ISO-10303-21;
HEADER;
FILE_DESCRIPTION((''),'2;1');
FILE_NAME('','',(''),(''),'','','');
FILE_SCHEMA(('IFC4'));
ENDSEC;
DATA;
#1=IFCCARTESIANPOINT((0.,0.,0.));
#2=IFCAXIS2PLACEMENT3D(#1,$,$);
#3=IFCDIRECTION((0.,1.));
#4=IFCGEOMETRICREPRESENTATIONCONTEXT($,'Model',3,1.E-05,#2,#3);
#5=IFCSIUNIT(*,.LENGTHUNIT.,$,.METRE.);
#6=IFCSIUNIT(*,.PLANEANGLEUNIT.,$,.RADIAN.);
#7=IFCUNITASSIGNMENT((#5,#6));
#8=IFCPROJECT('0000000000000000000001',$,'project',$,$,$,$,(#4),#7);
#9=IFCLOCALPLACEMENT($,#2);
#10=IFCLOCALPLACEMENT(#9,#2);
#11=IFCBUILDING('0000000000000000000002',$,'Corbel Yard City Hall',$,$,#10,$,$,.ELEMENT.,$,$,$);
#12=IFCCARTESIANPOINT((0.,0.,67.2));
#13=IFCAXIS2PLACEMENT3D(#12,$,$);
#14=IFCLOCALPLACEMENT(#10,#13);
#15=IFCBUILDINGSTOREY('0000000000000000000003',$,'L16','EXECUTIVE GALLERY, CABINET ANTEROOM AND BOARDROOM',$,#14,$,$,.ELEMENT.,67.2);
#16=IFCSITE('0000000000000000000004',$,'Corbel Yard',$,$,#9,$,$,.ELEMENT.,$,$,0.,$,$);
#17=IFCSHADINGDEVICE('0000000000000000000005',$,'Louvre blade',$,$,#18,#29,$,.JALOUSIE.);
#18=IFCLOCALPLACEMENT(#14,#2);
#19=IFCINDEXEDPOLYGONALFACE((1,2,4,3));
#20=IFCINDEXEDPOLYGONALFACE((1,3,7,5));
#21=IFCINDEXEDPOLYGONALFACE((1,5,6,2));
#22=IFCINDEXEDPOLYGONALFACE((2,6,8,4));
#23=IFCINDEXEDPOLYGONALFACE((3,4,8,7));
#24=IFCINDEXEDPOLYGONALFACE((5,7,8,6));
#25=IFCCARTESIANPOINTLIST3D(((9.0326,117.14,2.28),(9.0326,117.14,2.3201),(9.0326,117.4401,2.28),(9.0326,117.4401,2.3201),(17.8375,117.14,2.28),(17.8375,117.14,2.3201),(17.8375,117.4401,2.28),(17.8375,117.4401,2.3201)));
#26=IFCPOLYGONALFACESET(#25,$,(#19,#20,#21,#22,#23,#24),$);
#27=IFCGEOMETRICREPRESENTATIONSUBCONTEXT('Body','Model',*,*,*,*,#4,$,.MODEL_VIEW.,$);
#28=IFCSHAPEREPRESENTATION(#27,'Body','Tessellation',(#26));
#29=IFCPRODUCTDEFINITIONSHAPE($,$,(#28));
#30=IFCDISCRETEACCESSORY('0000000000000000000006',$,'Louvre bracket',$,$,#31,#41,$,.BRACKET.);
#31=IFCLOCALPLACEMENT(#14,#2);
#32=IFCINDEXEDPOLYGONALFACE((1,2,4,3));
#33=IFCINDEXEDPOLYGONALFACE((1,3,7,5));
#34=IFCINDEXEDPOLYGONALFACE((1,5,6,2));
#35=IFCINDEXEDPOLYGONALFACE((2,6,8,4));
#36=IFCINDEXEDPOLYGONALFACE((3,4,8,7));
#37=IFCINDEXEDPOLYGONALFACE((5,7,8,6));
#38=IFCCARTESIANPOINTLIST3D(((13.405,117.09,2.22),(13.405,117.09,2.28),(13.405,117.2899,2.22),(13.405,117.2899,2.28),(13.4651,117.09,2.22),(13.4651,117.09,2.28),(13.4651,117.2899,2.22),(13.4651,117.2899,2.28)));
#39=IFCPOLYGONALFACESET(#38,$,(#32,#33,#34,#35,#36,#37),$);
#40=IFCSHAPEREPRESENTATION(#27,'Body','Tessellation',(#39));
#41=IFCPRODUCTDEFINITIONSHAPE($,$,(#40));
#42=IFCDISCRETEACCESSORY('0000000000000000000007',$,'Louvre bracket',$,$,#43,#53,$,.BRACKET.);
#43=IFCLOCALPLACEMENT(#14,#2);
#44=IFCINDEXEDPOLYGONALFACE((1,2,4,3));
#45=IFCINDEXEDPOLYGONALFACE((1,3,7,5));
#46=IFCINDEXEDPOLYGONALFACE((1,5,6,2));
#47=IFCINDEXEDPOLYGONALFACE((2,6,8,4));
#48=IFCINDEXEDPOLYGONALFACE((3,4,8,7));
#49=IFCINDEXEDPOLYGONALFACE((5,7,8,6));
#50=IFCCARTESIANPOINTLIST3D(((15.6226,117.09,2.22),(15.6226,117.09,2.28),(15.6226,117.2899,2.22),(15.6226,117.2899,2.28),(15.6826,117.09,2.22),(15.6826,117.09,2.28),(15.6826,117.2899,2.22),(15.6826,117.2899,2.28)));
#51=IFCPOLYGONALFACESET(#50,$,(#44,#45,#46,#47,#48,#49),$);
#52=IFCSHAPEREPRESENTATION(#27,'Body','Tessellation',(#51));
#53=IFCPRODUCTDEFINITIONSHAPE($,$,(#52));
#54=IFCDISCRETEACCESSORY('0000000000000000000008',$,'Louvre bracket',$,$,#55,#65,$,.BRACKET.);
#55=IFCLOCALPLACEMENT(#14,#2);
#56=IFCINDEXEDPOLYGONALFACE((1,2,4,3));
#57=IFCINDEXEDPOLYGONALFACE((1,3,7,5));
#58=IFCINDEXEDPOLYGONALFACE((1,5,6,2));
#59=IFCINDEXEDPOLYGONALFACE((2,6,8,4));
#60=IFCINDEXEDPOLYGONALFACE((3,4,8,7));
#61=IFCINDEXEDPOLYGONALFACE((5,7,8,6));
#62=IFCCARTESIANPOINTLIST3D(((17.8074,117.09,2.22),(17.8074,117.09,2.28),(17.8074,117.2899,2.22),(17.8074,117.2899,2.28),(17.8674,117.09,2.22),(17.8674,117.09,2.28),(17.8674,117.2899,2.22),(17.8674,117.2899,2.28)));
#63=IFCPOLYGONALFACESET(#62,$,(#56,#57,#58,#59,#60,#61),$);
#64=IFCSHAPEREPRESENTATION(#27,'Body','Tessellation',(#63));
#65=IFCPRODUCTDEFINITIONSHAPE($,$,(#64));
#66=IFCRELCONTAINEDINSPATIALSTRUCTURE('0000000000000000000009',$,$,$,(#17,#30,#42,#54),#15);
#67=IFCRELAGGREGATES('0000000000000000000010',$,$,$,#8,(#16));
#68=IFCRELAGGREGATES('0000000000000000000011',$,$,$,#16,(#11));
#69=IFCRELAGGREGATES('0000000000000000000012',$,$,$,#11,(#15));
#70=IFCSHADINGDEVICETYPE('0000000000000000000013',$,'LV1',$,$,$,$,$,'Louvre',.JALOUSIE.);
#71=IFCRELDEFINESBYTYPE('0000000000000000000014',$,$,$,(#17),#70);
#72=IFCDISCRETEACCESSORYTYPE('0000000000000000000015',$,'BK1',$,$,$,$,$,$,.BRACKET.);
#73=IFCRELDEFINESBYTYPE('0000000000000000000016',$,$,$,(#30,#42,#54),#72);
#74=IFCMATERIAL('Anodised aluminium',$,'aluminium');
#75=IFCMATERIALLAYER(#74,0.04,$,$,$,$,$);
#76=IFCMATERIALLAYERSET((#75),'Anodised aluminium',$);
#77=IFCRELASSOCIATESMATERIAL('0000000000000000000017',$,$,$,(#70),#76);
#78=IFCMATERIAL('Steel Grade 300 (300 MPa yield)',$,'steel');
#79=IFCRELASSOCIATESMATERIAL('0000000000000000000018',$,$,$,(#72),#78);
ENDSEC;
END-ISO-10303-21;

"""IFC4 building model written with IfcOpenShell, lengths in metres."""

from ifc_helpers import new_model, si_unit, direction, frame, origin, origin_2d, place, context, subcontext, project, spatial, rectangle, extrude, material, layer, layer_set, type_object, element, save


model = new_model("IFC4")

# Units and contexts
model_context = context("Model", 3, precision=1e-05, world=origin(), true_north=direction((0.0, 1.0)))
body_context = subcontext(model_context, "Body", "Model", "MODEL_VIEW")
ifc_project = project(units=[si_unit("LENGTHUNIT", "METRE"), si_unit("PLANEANGLEUNIT", "RADIAN")], contexts=[model_context])

# Site, building, storey
site_placement = place(None, origin())
site = spatial("IfcSite", under=ifc_project, at=site_placement, Name="Corbel Yard", CompositionType="ELEMENT", RefElevation=0.0)
building_placement = place(site_placement, origin())
building = spatial("IfcBuilding", under=site, at=building_placement, Name="Corbel Yard City Hall", CompositionType="ELEMENT")
storey_placement = place(building_placement, frame((0.0, 0.0, 67.2)))
storey = spatial("IfcBuildingStorey", under=building, at=storey_placement, Name="L16", Description="EXECUTIVE GALLERY, CABINET ANTEROOM AND BOARDROOM", CompositionType="ELEMENT", Elevation=67.2)

# Shared definitions
ifc_material_1 = material(Name="Steel Grade 300 (300 MPa yield)", Category="steel")

# Shared definitions
ifc_material_2 = material(Name="Anodised aluminium", Category="aluminium")

# Shading device
ifc_layer_1 = layer(ifc_material_2, 0.04)
ifc_layer_set_1 = layer_set([ifc_layer_1], Name="Anodised aluminium")
shading_device_type = type_object("IfcShadingDeviceType", Name="LV1", ElementType="Louvre", PredefinedType="JALOUSIE", material=ifc_layer_set_1)
shading_device_placement = place(storey_placement, frame((13.4351, 117.29, 2.28), z_axis=(0.0, 0.0, 1.0), x_axis=(1.0, 0.0, 0.0)))
element("IfcShadingDevice", 1, at=shading_device_placement, inside=storey, type_object=shading_device_type, Name="Louvre blade", PredefinedType="JALOUSIE", context=body_context, shape_type="SweptSolid", body=[
    extrude(rectangle(XDim=8.8049, YDim=0.3, at=origin_2d()), origin(), (0.0, 0.0, 1.0), 0.04),
])

# Discrete accessories
discrete_accessory_type = type_object("IfcDiscreteAccessoryType", Name="BK1", PredefinedType="BRACKET", material=ifc_material_1)
for number, where, z_axis, x_axis, name in (
    (2, (13.4351, 117.1899, 2.22), (0.0, 0.0, 1.0), (1.0, 0.0, 0.0), "Louvre bracket"),
    (3, (15.6526, 117.1899, 2.22), (0.0, 0.0, 1.0), (1.0, 0.0, 0.0), "Louvre bracket"),
    (4, (17.8374, 117.1899, 2.22), (0.0, 0.0, 1.0), (1.0, 0.0, 0.0), "Louvre bracket"),
):
    element("IfcDiscreteAccessory", number, at=place(storey_placement, frame(where, z_axis=z_axis, x_axis=x_axis)), inside=storey, type_object=discrete_accessory_type, Name=name, PredefinedType="BRACKET", context=body_context, shape_type="SweptSolid", body=[
        extrude(rectangle(XDim=0.0601, YDim=0.2, at=origin_2d()), origin(), (0.0, 0.0, 1.0), 0.0601),
    ])

save(model, "model.ifc")
